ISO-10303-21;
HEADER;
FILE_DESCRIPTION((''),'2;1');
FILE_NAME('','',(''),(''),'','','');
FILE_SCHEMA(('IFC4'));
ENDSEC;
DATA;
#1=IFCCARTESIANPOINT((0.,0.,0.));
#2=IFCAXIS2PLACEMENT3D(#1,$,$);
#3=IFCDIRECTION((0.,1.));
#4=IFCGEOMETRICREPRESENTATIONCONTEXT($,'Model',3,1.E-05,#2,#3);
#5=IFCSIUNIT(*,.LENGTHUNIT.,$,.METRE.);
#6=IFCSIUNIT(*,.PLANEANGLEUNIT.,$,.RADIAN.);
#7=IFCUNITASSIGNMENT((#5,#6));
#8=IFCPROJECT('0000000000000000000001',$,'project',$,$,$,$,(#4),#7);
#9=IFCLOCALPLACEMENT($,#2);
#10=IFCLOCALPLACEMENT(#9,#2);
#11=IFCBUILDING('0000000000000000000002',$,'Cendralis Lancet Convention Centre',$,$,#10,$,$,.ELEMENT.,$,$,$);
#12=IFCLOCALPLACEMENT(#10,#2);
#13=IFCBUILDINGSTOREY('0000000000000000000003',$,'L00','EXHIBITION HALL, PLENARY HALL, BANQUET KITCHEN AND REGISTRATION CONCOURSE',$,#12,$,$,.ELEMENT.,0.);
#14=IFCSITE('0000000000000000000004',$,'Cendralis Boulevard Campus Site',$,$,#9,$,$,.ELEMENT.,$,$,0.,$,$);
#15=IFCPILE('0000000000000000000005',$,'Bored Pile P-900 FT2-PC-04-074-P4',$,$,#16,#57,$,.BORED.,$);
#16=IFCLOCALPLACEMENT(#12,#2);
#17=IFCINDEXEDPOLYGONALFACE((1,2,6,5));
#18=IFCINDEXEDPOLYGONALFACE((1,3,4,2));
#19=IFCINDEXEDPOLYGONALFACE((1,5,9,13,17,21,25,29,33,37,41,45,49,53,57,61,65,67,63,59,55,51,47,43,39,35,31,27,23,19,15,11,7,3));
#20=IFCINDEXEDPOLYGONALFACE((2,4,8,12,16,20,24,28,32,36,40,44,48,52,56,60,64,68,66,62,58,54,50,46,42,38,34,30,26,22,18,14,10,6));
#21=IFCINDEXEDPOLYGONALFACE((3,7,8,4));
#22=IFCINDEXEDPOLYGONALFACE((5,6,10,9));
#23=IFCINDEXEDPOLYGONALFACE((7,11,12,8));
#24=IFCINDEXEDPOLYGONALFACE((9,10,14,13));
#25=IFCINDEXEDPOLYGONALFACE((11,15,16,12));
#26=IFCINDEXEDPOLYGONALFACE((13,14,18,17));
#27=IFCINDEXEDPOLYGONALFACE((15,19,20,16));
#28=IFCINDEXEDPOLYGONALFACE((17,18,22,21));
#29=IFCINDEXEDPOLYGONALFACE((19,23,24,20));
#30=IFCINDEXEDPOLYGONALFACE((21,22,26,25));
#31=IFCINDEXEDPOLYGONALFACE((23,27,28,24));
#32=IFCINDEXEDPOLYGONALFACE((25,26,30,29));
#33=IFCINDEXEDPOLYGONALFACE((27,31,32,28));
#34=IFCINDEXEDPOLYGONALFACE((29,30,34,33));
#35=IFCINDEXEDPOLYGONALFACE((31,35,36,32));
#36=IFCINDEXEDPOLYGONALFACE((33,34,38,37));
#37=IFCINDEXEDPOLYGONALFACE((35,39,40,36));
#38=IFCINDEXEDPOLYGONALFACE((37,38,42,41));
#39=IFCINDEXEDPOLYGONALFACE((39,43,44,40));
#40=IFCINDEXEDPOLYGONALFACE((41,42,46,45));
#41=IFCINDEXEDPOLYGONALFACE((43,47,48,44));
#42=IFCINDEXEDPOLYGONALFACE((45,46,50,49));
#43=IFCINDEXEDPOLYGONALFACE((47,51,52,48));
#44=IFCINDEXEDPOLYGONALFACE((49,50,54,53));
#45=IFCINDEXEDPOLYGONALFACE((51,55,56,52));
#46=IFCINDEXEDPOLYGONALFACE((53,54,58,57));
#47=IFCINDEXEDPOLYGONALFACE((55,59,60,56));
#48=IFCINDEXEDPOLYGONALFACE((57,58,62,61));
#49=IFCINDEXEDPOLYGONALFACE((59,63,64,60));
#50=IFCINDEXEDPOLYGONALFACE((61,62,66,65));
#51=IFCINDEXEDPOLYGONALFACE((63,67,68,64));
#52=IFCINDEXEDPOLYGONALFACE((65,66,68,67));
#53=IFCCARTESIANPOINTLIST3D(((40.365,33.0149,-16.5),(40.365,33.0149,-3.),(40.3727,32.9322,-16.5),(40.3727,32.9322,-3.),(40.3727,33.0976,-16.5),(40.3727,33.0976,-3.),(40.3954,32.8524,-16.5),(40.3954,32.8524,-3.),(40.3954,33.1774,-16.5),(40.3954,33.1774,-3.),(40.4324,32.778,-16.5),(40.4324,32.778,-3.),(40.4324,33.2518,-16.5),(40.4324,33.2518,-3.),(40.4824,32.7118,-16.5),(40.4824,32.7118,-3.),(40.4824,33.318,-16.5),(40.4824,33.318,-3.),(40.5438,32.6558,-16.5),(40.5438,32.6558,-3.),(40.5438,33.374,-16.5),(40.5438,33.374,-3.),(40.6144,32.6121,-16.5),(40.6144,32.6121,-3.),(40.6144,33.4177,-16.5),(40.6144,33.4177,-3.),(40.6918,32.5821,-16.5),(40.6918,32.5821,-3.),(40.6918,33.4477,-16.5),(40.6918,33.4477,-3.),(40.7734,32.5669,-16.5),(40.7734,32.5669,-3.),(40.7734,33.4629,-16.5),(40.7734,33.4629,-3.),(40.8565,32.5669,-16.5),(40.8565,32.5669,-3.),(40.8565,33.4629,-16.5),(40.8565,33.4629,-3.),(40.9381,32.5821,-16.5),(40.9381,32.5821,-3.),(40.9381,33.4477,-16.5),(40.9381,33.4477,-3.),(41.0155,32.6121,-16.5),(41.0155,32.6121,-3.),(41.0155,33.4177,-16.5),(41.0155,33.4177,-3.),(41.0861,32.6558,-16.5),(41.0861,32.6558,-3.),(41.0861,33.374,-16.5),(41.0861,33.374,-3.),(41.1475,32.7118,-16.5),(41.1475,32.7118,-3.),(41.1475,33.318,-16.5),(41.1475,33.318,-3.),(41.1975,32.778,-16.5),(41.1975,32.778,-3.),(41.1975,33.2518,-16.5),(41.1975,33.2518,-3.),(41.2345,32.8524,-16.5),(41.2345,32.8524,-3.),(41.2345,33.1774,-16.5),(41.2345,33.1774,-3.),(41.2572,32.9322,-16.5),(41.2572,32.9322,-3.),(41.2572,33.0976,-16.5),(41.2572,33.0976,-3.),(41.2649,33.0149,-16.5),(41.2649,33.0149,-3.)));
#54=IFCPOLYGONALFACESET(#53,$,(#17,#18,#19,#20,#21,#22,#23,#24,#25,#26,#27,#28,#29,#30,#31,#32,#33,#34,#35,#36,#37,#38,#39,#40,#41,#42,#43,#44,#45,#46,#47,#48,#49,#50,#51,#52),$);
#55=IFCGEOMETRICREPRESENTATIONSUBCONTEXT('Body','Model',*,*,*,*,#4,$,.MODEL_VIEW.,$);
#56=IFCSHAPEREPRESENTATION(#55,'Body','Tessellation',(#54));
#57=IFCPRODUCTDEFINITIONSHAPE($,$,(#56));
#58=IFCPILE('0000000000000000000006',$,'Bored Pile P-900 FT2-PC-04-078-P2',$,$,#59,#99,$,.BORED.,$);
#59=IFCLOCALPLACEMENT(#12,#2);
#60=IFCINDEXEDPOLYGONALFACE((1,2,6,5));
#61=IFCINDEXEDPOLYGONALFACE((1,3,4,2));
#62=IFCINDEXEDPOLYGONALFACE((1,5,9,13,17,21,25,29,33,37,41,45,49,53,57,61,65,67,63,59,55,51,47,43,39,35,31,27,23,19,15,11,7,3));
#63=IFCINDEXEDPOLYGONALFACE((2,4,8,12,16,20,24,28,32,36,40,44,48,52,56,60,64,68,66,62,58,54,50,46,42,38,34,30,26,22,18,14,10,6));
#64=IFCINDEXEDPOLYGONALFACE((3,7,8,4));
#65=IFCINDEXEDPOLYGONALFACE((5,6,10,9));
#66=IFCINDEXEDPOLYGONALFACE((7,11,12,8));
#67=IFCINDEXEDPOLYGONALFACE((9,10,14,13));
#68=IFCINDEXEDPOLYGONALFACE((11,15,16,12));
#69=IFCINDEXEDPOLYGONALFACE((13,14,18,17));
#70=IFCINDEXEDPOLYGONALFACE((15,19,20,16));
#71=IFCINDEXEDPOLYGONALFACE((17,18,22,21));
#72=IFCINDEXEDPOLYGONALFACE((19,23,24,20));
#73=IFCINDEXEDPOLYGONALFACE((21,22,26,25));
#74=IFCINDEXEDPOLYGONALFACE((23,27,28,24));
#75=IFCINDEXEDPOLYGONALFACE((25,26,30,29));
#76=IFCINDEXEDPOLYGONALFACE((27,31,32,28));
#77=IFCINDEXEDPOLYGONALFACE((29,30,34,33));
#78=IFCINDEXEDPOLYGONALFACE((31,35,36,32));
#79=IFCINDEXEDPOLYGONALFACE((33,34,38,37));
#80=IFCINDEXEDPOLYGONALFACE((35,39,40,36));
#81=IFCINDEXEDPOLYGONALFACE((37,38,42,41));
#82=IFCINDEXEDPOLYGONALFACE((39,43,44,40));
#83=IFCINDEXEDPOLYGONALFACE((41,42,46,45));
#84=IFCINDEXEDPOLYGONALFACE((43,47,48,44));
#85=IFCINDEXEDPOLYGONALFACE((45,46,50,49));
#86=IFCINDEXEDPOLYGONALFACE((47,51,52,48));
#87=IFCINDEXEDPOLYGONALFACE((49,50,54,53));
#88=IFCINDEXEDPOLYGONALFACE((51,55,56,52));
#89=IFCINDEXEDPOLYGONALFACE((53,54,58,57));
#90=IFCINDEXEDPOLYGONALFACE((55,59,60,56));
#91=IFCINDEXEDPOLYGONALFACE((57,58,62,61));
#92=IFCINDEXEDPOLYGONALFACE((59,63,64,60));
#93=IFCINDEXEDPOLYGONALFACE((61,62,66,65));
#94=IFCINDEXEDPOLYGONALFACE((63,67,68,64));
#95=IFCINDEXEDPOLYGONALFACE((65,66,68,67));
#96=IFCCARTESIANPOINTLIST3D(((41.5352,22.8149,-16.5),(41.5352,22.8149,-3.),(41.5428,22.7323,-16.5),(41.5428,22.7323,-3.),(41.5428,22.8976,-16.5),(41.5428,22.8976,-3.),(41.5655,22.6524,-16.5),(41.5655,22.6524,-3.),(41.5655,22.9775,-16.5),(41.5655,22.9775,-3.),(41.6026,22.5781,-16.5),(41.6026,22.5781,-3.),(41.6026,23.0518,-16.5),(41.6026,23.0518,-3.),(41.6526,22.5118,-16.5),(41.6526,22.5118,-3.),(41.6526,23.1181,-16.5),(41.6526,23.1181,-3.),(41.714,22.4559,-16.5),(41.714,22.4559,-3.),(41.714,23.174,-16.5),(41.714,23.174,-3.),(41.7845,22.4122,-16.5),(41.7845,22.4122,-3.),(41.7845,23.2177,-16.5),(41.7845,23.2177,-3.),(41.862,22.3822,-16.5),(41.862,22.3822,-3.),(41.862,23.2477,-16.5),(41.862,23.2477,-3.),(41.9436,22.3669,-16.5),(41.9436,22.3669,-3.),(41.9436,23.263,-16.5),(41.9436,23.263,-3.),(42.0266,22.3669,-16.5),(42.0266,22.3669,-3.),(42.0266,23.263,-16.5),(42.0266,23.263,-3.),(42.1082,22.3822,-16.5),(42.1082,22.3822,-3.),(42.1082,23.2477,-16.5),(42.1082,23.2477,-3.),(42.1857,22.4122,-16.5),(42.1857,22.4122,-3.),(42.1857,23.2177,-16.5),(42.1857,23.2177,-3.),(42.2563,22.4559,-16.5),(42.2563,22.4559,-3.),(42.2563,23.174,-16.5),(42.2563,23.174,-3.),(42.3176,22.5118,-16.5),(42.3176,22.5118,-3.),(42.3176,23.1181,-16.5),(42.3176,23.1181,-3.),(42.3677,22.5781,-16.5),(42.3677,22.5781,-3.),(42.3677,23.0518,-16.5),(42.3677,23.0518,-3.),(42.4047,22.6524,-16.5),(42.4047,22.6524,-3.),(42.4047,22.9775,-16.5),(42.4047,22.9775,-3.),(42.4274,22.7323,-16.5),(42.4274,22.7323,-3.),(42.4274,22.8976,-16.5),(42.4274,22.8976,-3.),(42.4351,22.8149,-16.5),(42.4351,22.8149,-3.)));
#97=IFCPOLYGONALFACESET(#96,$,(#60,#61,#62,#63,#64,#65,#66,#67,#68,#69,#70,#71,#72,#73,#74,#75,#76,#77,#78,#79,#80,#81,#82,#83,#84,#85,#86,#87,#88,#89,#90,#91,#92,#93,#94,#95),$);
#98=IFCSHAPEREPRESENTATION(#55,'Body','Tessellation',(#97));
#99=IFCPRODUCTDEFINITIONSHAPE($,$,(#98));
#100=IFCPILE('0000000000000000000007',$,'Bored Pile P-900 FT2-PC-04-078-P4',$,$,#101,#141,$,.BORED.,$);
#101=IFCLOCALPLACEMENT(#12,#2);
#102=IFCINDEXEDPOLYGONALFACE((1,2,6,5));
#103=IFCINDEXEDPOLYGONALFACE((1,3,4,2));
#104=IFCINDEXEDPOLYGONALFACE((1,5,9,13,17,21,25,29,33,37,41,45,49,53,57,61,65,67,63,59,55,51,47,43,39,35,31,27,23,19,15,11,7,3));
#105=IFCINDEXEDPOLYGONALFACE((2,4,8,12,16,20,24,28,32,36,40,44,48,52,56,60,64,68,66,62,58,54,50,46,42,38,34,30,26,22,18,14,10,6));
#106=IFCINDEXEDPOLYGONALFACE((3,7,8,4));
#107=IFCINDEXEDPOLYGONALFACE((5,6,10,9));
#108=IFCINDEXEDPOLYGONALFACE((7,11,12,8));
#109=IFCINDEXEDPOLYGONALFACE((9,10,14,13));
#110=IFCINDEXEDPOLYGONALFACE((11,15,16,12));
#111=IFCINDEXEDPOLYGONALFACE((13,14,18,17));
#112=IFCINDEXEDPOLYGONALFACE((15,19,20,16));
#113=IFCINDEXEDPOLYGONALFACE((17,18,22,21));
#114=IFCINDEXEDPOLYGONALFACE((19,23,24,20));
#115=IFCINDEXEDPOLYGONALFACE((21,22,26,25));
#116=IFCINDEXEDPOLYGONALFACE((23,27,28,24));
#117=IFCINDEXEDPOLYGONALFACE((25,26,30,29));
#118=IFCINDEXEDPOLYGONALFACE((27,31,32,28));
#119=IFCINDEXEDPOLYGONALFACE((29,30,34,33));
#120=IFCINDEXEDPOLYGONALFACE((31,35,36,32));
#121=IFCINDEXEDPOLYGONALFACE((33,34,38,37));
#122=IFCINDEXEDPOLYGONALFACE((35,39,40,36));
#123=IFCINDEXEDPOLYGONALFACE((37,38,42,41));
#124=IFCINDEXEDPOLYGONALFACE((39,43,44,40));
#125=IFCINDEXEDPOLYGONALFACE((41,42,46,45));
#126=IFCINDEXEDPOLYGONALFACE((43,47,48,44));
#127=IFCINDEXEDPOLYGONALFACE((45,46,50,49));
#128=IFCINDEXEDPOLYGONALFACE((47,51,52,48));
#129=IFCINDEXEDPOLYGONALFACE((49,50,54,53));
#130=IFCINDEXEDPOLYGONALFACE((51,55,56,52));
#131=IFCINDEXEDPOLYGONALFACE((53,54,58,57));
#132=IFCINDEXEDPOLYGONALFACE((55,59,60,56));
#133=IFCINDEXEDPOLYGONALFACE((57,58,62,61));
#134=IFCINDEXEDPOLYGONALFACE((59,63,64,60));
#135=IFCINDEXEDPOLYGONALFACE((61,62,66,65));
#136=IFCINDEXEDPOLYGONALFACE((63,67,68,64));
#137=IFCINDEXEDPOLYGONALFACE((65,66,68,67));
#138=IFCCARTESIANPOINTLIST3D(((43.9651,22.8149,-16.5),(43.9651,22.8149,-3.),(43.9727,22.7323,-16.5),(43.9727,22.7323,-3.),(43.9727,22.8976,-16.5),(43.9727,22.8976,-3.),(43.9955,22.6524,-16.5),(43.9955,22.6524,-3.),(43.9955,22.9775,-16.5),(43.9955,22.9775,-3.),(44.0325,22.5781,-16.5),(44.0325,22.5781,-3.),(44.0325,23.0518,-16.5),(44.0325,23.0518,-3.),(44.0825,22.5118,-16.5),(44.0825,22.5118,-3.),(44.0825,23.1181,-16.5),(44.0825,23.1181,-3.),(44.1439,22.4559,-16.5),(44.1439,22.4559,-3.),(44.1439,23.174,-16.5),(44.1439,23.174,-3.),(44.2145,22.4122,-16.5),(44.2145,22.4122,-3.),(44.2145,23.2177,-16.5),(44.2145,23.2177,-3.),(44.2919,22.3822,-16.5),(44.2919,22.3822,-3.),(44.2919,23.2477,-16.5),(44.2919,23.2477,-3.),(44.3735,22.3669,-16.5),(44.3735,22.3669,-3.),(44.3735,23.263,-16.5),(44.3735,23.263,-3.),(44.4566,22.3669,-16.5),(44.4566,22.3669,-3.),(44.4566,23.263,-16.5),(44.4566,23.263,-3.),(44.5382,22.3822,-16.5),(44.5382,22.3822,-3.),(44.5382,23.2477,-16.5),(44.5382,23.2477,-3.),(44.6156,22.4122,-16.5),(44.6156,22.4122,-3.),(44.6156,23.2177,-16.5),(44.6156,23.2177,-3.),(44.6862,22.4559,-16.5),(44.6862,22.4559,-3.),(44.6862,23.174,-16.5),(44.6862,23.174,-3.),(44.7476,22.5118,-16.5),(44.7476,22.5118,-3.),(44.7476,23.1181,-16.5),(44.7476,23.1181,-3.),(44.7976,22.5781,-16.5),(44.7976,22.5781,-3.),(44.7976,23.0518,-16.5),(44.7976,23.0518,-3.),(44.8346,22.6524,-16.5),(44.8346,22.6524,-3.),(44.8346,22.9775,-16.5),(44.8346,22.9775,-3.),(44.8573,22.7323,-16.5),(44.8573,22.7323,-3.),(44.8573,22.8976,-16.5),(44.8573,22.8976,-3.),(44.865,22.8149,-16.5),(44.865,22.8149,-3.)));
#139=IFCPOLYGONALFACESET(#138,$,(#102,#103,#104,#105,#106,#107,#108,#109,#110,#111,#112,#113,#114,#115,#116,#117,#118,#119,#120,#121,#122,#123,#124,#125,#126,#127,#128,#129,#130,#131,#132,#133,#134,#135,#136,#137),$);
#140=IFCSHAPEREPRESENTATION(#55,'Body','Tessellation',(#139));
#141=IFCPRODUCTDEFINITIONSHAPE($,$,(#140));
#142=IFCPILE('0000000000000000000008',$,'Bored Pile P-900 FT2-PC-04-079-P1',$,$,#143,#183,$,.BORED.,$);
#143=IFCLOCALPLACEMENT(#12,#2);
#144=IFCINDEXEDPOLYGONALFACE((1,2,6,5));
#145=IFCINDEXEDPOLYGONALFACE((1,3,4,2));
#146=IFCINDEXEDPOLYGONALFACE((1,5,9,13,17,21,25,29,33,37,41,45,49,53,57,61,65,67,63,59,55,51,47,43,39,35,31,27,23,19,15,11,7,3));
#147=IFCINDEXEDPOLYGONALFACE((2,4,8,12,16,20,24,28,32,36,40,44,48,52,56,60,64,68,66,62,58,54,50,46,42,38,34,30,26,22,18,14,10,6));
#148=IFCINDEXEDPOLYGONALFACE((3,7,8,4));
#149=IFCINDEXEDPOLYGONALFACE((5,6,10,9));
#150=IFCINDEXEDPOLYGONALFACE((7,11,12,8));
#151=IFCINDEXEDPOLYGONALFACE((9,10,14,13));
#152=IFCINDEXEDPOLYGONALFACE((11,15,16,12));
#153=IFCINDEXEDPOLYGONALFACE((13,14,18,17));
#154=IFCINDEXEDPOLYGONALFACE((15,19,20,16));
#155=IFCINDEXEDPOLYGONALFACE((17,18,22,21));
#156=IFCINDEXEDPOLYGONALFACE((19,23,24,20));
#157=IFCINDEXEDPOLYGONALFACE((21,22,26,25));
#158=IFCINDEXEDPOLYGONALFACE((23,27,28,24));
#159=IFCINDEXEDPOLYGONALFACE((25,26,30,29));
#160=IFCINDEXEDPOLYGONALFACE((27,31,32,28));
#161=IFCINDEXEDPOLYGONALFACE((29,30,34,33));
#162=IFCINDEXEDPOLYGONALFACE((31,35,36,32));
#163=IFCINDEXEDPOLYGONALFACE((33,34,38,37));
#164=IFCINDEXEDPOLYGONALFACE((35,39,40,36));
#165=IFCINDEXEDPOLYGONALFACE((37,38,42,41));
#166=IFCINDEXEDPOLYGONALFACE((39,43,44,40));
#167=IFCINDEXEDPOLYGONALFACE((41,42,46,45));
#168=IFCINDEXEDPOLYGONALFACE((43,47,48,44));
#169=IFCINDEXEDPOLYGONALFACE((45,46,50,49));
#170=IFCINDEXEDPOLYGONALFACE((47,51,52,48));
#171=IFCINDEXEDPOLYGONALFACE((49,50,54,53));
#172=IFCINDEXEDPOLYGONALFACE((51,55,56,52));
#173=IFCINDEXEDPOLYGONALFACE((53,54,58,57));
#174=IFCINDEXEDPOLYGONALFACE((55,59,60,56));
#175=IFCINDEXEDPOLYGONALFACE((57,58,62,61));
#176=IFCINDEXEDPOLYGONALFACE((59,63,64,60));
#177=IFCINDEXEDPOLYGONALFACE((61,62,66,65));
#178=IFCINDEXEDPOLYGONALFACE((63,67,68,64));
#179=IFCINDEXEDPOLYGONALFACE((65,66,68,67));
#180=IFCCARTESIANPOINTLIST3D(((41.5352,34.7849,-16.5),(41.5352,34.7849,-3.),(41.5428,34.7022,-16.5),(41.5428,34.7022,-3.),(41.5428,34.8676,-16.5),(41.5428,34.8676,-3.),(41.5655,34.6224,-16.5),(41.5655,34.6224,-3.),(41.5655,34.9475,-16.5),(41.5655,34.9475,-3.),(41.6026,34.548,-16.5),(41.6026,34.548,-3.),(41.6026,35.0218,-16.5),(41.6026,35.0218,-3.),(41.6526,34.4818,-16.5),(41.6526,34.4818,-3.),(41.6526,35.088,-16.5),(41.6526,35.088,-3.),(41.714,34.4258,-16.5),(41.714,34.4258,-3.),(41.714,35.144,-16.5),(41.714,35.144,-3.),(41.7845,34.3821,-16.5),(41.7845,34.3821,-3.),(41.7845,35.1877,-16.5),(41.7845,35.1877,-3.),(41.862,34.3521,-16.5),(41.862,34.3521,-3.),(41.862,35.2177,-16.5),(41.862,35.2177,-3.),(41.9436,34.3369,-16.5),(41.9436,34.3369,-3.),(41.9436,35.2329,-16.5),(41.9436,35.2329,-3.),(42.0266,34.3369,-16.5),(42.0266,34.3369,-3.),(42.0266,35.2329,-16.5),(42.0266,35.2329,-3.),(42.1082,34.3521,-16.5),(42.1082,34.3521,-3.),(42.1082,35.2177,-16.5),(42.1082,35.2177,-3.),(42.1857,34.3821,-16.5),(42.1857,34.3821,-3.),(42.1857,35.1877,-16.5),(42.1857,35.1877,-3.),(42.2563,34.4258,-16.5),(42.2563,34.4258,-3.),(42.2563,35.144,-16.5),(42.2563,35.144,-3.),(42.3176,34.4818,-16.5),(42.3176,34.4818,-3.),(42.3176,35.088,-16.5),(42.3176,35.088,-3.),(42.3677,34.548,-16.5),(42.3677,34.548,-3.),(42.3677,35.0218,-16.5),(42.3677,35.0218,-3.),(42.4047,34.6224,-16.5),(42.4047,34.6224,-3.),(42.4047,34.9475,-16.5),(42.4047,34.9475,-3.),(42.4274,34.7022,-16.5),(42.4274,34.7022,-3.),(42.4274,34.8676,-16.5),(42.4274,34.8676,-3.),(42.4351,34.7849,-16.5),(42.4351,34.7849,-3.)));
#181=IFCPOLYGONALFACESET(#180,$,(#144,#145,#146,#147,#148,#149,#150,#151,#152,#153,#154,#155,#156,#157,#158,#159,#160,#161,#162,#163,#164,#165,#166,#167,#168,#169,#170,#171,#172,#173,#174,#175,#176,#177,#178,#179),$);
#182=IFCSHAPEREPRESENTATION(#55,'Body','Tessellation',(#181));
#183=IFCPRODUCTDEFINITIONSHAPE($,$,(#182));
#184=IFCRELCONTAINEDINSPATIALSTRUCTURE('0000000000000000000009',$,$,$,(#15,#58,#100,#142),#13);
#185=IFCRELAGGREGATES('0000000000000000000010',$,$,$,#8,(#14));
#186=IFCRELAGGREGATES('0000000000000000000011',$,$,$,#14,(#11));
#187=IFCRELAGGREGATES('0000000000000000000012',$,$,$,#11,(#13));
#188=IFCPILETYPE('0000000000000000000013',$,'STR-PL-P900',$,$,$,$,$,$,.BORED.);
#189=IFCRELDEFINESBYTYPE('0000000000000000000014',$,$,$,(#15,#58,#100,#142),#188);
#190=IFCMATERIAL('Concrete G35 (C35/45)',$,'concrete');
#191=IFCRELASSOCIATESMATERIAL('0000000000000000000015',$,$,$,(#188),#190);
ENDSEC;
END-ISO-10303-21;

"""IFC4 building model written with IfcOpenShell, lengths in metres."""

from ifc_helpers import new_model, si_unit, direction, frame, origin, origin_2d, place, context, subcontext, project, spatial, circle, extrude, material, material_profile, profile_set, type_object, element, save


model = new_model("IFC4")

# Units and contexts
model_context = context("Model", 3, precision=1e-05, world=origin(), true_north=direction((0.0, 1.0)))
body_context = subcontext(model_context, "Body", "Model", "MODEL_VIEW")
ifc_project = project(units=[si_unit("LENGTHUNIT", "METRE"), si_unit("PLANEANGLEUNIT", "RADIAN")], contexts=[model_context])

# Site, building, storey
site_placement = place(None, origin())
site = spatial("IfcSite", under=ifc_project, at=site_placement, Name="Cendralis Boulevard Campus Site", CompositionType="ELEMENT", RefElevation=0.0)
building_placement = place(site_placement, origin())
building = spatial("IfcBuilding", under=site, at=building_placement, Name="Cendralis Lancet Convention Centre", CompositionType="ELEMENT")
storey_placement = place(building_placement, origin())
storey = spatial("IfcBuildingStorey", under=building, at=storey_placement, Name="L00", Description="EXHIBITION HALL, PLENARY HALL, BANQUET KITCHEN AND REGISTRATION CONCOURSE", CompositionType="ELEMENT", Elevation=0.0)

# Shared definitions
ifc_material_1 = material(Name="Concrete G35 (C35/45)", Category="concrete")

# Piles
ifc_material_profile_1 = material_profile(ifc_material_1, circle(Radius=0.45, at=origin_2d()), Name="BORED PILE D900")
ifc_profile_set_1 = profile_set([ifc_material_profile_1], Name="Concrete G35 (C35/45)")
pile_type = type_object("IfcPileType", Name="STR-PL-P900", PredefinedType="BORED", material=ifc_profile_set_1)
for number, where, z_axis, x_axis, name in (
    (1, (40.8149, 33.0149, -3.0), (0.0, 0.0, -1.0), (1.0, 0.0, 0.0), "Bored Pile P-900 FT2-PC-04-074-P4"),
    (2, (41.9851, 22.8149, -3.0), (0.0, 0.0, -1.0), (1.0, 0.0, 0.0), "Bored Pile P-900 FT2-PC-04-078-P2"),
    (3, (44.415, 22.8149, -3.0), (0.0, 0.0, -1.0), (1.0, 0.0, 0.0), "Bored Pile P-900 FT2-PC-04-078-P4"),
    (4, (41.9851, 34.7849, -3.0), (0.0, 0.0, -1.0), (1.0, 0.0, 0.0), "Bored Pile P-900 FT2-PC-04-079-P1"),
):
    element("IfcPile", number, at=place(storey_placement, frame(where, z_axis=z_axis, x_axis=x_axis)), inside=storey, type_object=pile_type, Name=name, PredefinedType="BORED", context=body_context, shape_type="SweptSolid", body=[
        extrude(circle(Radius=0.45, at=origin_2d()), origin(), (0.0, 0.0, 1.0), 13.5),
    ])

save(model, "model.ifc")
